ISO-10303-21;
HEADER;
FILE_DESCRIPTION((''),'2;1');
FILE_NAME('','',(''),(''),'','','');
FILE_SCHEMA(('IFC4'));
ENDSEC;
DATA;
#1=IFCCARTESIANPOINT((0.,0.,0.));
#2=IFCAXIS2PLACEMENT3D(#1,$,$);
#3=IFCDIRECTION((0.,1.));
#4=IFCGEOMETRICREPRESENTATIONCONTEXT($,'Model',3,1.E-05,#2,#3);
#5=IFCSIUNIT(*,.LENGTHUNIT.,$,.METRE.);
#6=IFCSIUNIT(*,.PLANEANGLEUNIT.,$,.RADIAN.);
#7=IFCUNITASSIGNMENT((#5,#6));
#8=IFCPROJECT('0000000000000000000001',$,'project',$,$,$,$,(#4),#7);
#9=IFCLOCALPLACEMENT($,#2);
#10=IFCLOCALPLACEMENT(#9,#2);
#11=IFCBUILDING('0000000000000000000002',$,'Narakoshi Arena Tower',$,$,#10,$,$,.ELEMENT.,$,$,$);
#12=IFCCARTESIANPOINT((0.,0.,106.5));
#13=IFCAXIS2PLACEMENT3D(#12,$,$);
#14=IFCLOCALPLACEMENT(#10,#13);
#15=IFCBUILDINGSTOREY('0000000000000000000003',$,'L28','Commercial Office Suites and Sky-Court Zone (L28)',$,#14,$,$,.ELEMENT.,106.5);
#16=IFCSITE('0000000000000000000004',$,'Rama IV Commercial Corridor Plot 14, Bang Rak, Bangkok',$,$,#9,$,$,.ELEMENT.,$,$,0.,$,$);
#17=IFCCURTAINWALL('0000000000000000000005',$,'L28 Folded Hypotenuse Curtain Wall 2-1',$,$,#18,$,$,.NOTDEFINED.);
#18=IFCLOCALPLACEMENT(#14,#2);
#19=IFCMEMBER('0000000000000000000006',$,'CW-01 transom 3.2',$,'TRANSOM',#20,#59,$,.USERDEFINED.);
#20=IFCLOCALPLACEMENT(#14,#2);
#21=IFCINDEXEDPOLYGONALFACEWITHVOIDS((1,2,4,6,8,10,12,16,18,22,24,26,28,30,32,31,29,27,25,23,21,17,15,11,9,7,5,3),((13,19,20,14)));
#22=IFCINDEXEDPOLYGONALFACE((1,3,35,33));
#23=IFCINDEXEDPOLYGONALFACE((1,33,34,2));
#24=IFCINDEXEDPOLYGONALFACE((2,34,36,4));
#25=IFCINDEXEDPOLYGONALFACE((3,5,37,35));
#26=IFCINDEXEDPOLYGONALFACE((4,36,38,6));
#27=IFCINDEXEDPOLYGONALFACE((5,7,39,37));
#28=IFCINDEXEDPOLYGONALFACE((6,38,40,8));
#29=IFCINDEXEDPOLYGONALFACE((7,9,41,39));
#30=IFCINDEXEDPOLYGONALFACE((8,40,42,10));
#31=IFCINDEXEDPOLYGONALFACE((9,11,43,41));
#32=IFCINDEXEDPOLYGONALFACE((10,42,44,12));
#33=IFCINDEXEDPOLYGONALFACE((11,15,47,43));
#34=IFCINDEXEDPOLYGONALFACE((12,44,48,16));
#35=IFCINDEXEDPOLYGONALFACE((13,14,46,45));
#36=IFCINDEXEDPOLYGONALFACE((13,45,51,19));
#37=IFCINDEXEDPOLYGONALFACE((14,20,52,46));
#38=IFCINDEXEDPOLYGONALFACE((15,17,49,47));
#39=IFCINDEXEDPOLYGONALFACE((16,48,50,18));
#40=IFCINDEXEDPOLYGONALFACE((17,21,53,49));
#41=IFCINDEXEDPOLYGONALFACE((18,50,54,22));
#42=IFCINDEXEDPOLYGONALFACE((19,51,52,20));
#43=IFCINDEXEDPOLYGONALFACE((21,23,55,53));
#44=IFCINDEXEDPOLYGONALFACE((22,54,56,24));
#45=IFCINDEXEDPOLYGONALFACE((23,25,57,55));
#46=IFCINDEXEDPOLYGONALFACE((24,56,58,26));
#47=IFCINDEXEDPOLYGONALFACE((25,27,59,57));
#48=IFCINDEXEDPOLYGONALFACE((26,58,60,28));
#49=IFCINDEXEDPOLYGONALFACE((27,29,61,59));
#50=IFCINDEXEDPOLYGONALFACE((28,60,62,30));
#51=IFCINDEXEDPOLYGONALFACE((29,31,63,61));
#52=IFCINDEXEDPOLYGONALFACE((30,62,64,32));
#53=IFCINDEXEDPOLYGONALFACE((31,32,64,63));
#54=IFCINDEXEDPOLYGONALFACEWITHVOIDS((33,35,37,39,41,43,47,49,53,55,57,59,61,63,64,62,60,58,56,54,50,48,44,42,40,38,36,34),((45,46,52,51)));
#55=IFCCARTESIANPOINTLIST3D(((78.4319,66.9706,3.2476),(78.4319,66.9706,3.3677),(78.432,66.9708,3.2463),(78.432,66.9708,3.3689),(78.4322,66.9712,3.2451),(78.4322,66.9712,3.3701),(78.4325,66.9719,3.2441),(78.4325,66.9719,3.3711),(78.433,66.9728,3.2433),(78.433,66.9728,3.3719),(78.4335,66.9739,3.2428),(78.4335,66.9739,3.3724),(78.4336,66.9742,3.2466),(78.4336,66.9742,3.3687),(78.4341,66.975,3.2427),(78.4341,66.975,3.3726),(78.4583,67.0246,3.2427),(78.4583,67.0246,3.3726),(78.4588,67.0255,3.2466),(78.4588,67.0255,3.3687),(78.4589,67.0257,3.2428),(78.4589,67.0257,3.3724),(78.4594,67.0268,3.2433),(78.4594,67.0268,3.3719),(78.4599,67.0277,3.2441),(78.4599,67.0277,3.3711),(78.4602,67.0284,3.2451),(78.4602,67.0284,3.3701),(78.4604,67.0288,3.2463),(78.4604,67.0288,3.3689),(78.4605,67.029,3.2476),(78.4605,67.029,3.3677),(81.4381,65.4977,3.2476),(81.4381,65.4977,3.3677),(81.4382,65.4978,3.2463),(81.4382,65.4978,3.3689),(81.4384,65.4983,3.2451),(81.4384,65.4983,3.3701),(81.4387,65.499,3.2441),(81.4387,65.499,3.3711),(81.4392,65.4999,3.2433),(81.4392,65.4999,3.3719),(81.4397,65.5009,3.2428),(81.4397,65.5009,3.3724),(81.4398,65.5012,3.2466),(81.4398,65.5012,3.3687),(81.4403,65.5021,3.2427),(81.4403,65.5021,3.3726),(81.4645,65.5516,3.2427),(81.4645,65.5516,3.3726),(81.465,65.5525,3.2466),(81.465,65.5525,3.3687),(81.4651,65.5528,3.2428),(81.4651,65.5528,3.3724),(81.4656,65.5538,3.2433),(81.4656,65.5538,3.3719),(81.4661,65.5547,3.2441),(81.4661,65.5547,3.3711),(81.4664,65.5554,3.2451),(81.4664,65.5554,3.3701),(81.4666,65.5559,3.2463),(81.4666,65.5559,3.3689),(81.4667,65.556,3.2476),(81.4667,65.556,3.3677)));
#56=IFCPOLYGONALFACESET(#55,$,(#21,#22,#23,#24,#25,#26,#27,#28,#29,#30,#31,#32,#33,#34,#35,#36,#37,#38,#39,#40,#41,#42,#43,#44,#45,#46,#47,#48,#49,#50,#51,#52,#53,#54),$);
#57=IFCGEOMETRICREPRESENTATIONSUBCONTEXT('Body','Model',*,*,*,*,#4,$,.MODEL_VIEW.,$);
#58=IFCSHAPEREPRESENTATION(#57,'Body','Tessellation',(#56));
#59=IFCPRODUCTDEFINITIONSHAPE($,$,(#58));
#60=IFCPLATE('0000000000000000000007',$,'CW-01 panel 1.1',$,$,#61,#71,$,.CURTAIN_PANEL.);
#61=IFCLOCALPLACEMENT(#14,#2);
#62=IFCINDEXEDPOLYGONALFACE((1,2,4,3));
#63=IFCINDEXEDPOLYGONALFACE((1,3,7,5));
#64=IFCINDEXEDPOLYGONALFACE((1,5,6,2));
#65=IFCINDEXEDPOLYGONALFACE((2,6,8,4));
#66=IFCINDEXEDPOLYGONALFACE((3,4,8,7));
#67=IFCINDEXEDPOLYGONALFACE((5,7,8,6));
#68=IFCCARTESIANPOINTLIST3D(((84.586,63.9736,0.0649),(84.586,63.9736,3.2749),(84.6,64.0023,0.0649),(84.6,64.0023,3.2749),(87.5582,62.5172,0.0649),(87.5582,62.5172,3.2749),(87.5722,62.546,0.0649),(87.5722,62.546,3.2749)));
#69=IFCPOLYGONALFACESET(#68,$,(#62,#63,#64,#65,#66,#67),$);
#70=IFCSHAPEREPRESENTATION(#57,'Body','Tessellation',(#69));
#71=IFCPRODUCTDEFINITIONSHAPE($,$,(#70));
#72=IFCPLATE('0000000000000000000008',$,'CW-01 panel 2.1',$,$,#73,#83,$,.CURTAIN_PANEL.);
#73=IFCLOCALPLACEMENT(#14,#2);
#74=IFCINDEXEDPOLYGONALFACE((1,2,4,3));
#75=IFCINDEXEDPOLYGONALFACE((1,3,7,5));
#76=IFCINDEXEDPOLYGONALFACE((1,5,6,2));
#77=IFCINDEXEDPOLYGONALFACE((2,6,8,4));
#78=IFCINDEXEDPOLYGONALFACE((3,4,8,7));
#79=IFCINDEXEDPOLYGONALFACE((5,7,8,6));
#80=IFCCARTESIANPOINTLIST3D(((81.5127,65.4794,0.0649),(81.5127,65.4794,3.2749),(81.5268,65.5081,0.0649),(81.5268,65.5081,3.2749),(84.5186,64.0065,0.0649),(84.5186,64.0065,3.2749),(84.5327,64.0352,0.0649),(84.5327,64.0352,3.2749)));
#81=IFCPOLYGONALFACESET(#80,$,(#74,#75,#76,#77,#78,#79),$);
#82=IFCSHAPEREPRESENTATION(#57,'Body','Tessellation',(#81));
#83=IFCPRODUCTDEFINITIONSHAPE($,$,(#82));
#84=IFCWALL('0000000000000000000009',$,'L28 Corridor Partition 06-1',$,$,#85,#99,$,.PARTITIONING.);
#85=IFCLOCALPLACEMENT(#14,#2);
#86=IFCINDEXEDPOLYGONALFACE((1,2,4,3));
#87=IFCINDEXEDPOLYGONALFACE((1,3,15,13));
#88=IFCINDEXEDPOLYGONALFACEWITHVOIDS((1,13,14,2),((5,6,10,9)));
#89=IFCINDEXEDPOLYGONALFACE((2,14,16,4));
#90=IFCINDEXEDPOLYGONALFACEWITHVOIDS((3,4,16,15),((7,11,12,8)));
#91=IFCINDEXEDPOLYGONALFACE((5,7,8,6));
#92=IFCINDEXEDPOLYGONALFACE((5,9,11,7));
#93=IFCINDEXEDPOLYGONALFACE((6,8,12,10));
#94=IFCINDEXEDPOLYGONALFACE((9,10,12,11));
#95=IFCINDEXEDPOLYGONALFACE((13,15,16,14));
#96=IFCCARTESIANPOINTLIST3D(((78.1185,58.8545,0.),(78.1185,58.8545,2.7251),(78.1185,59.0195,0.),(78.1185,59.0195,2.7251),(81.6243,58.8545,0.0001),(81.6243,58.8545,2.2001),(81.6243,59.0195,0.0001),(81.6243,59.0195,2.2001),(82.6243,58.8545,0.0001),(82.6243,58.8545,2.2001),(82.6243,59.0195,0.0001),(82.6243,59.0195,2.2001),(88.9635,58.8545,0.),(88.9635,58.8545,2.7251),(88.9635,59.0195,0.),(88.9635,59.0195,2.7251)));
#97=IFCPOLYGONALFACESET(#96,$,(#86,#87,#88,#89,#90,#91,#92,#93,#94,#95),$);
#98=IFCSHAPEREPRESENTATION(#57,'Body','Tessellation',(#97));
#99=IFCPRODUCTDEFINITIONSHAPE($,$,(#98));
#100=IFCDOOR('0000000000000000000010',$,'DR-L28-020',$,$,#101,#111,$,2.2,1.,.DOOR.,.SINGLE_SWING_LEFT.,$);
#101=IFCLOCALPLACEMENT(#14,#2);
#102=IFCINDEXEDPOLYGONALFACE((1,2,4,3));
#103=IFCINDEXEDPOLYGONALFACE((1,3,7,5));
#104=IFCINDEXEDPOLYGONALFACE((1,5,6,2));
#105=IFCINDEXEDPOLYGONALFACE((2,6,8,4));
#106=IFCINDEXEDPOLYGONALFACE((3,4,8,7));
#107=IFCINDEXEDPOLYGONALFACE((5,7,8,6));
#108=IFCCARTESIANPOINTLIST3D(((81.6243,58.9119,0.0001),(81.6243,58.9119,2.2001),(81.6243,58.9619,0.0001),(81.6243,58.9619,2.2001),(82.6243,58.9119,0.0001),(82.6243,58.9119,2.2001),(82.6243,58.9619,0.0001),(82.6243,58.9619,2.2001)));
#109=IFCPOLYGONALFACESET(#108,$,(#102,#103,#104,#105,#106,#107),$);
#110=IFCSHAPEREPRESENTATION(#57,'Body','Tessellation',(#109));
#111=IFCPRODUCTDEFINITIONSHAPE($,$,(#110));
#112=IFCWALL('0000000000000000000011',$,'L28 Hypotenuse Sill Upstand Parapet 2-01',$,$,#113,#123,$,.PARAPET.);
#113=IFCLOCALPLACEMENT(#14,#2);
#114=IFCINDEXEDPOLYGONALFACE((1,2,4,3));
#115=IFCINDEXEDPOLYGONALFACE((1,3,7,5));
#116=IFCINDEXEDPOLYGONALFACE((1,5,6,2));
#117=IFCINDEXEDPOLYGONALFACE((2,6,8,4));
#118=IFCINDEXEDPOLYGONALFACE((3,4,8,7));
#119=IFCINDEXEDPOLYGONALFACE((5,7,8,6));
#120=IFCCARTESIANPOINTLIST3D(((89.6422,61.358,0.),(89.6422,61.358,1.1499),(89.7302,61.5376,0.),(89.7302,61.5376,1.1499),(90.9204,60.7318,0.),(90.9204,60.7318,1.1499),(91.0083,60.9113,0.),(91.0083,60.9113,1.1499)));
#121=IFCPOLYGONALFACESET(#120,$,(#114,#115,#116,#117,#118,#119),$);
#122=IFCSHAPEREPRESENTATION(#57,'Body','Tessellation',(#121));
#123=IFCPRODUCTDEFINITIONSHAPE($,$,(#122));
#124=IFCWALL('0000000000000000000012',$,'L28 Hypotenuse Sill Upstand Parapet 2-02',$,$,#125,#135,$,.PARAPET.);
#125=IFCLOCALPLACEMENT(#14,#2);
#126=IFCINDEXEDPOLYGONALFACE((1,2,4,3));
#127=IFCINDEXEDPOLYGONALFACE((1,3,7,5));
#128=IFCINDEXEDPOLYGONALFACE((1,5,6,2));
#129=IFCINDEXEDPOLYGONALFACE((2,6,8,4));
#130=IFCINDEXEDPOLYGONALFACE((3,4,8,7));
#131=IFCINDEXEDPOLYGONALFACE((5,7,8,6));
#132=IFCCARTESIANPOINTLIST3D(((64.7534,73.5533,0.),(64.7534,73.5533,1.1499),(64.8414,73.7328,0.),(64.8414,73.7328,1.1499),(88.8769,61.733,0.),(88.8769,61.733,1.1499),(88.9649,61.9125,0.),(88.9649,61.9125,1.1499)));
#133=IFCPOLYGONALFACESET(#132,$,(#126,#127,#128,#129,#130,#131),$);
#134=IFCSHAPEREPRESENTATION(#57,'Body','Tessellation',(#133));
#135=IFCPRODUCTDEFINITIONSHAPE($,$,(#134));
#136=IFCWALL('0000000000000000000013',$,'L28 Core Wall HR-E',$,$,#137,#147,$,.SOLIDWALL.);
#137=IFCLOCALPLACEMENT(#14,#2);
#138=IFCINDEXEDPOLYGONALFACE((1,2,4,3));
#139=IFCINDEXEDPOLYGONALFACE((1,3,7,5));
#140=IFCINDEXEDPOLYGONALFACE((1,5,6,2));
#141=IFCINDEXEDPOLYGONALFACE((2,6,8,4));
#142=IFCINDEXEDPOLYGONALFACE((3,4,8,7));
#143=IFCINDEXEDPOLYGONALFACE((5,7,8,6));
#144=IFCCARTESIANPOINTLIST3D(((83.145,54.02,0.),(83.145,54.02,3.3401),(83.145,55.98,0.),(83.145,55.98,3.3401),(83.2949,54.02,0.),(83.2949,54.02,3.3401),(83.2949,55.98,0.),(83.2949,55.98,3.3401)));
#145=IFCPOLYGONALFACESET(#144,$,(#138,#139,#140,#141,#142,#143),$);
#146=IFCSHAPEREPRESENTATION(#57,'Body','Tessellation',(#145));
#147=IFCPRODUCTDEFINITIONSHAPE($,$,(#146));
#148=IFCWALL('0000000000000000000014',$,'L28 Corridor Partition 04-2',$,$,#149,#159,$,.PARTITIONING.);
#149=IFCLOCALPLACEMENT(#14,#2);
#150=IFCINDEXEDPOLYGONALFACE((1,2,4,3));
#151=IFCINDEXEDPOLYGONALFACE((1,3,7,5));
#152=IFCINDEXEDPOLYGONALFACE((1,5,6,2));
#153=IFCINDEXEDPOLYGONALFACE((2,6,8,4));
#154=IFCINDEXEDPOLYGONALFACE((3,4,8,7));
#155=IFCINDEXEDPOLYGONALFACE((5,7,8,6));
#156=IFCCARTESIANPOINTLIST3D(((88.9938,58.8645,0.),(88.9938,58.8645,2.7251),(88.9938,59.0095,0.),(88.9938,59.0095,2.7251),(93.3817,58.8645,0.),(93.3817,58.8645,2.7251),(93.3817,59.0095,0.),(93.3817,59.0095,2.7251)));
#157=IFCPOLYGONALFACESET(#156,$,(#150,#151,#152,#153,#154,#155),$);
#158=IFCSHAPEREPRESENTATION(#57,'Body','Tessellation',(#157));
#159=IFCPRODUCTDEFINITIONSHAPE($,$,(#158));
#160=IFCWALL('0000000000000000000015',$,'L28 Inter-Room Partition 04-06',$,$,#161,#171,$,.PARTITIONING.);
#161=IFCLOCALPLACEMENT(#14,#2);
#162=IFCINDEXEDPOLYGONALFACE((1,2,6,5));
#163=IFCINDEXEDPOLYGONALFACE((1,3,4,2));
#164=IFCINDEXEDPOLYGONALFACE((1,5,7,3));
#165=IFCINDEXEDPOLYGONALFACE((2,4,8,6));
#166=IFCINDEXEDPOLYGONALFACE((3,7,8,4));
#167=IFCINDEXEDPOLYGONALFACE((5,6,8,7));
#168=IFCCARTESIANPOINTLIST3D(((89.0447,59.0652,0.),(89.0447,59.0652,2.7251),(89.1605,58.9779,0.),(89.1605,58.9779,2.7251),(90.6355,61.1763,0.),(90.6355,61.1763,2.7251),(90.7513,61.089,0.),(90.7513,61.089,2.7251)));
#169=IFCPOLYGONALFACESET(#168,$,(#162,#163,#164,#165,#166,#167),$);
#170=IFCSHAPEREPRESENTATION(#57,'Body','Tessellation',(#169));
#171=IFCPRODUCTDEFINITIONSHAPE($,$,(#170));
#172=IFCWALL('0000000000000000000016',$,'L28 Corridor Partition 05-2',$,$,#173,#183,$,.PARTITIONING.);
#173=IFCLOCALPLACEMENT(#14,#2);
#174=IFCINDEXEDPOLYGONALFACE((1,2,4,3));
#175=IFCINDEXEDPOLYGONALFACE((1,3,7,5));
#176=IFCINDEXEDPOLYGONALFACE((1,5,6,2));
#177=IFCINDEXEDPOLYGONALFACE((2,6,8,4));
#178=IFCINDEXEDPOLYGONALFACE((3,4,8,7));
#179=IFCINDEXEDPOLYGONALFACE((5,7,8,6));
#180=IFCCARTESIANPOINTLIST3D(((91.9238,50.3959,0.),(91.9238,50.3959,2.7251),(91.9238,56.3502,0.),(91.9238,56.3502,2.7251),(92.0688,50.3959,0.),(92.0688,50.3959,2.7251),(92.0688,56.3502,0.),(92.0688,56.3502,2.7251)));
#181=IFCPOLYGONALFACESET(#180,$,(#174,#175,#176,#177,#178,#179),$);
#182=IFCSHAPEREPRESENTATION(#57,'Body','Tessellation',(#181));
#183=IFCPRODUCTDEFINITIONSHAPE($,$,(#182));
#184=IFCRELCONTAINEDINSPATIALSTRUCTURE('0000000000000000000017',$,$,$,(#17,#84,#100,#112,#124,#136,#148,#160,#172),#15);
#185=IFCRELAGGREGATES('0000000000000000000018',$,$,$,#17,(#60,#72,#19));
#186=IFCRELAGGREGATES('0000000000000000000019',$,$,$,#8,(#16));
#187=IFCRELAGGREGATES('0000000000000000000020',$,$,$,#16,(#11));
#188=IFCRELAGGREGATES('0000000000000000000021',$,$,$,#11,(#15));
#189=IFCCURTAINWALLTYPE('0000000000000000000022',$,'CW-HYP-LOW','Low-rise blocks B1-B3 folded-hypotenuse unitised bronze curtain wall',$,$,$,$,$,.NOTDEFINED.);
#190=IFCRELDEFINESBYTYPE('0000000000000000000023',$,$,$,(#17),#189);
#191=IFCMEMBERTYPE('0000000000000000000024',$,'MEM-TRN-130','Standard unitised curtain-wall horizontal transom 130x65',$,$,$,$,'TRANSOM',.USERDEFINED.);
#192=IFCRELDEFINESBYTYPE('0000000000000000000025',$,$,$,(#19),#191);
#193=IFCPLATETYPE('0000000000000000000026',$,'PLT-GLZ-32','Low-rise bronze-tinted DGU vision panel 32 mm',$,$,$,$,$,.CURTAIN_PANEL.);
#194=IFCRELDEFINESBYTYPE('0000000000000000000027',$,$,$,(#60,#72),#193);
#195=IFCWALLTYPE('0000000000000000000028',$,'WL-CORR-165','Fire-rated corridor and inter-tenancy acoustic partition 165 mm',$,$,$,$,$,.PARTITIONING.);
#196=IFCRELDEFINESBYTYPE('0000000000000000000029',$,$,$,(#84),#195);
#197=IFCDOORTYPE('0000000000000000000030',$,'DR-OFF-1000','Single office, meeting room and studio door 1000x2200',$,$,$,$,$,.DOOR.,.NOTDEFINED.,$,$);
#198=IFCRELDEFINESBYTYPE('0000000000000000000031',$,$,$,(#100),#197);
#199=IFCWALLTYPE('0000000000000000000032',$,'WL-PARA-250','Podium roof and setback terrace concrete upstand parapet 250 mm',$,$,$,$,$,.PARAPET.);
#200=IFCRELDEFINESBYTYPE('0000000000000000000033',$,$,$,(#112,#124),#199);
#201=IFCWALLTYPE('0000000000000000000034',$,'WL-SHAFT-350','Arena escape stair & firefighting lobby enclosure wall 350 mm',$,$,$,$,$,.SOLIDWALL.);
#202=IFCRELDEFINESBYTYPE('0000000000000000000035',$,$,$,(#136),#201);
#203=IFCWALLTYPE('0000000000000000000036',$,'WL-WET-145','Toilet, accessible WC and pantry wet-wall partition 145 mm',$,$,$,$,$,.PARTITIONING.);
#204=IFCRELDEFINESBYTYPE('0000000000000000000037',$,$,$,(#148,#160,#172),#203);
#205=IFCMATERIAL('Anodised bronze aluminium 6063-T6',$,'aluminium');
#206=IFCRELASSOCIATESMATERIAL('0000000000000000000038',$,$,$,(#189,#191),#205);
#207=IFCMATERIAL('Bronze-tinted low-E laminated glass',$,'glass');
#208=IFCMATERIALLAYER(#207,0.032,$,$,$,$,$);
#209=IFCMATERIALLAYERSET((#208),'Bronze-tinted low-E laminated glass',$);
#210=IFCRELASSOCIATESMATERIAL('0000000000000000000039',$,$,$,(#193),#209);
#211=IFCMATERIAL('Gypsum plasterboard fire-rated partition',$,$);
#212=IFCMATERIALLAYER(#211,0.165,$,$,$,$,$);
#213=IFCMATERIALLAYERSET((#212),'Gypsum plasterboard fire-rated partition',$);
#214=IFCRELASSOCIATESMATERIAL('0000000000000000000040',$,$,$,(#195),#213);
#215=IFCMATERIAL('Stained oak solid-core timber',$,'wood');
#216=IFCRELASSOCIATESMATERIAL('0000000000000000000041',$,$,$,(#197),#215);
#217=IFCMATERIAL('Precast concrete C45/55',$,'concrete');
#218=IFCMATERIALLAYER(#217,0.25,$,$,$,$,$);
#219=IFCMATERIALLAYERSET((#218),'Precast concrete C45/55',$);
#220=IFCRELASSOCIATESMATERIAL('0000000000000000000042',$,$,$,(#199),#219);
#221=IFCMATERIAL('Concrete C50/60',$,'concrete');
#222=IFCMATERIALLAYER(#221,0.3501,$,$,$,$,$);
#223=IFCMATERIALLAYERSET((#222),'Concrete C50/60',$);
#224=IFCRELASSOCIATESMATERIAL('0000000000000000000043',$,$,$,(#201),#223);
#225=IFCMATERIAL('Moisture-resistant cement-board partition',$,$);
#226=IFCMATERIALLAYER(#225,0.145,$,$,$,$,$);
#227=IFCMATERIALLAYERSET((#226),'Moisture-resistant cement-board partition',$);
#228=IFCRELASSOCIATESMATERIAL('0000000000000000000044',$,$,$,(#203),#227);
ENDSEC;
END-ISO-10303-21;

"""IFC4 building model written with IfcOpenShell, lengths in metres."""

from ifc_helpers import new_model, si_unit, direction, frame, frame_2d, origin, origin_2d, place, context, subcontext, project, spatial, rectangle, hollow_rectangle, extrude, material, layer, layer_set, material_profile, profile_set, type_object, element, fill, aggregate, save


model = new_model("IFC4")

# Units and contexts
model_context = context("Model", 3, precision=1e-05, world=origin(), true_north=direction((0.0, 1.0)))
body_context = subcontext(model_context, "Body", "Model", "MODEL_VIEW")
ifc_project = project(units=[si_unit("LENGTHUNIT", "METRE"), si_unit("PLANEANGLEUNIT", "RADIAN")], contexts=[model_context])

# Site, building, storey
site_placement = place(None, origin())
site = spatial("IfcSite", under=ifc_project, at=site_placement, Name="Rama IV Commercial Corridor Plot 14, Bang Rak, Bangkok", CompositionType="ELEMENT", RefElevation=0.0)
building_placement = place(site_placement, origin())
building = spatial("IfcBuilding", under=site, at=building_placement, Name="Narakoshi Arena Tower", CompositionType="ELEMENT")
storey_placement = place(building_placement, frame((0.0, 0.0, 106.5)))
storey = spatial("IfcBuildingStorey", under=building, at=storey_placement, Name="L28", Description="Commercial Office Suites and Sky-Court Zone (L28)", CompositionType="ELEMENT", Elevation=106.5)

# Curtain wall, member, plates
ifc_material_1 = material(Name="Anodised bronze aluminium 6063-T6", Category="aluminium")
curtain_wall_type = type_object("IfcCurtainWallType", Name="CW-HYP-LOW", Description="Low-rise blocks B1-B3 folded-hypotenuse unitised bronze curtain wall", PredefinedType="NOTDEFINED", material=ifc_material_1)
curtain_wall_placement = place(storey_placement, origin())
curtain_wall = element("IfcCurtainWall", 1, at=curtain_wall_placement, inside=storey, type_object=curtain_wall_type, Name="L28 Folded Hypotenuse Curtain Wall 2-1", PredefinedType="NOTDEFINED")
ifc_material_profile_1 = material_profile(ifc_material_1, hollow_rectangle(XDim=0.0649, YDim=0.1299, WallThickness=0.0039, OuterFilletRadius=0.0049, at=origin_2d()), Name="TRN130x65x4")
ifc_profile_set_1 = profile_set([ifc_material_profile_1], Name="Anodised bronze aluminium 6063-T6")
member_type_1 = type_object("IfcMemberType", Name="MEM-TRN-130", Description="Standard unitised curtain-wall horizontal transom 130x65", ElementType="TRANSOM", PredefinedType="USERDEFINED", material=ifc_profile_set_1)
member_1_placement = place(storey_placement, frame((81.4524, 65.5269, 3.3076), z_axis=(-0.898001, 0.439993, 0.0), x_axis=(-0.439993, -0.898001, 0.0)))
member_1 = element("IfcMember", 2, at=member_1_placement, type_object=member_type_1, Name="CW-01 transom 3.2", ObjectType="TRANSOM", PredefinedType="USERDEFINED", context=body_context, shape_type="SweptSolid", body=[
    extrude(hollow_rectangle(XDim=0.0649, YDim=0.1299, WallThickness=0.0039, OuterFilletRadius=0.0049, at=origin_2d()), origin(), (0.0, 0.0, 1.0), 3.3477),
])
ifc_material_2 = material(Name="Bronze-tinted low-E laminated glass", Category="glass")
ifc_layer_1 = layer(ifc_material_2, 0.032)
ifc_layer_set_1 = layer_set([ifc_layer_1], Name="Bronze-tinted low-E laminated glass")
plate_type = type_object("IfcPlateType", Name="PLT-GLZ-32", Description="Low-rise bronze-tinted DGU vision panel 32 mm", PredefinedType="CURTAIN_PANEL", material=ifc_layer_set_1)
plate_1_placement = place(storey_placement, frame((86.0791, 63.2598, 0.0649), z_axis=(0.0, 0.0, 1.0), x_axis=(-0.897996, 0.440005, 0.0)))
plate_1 = element("IfcPlate", 3, at=plate_1_placement, type_object=plate_type, Name="CW-01 panel 1.1", PredefinedType="CURTAIN_PANEL", context=body_context, shape_type="SweptSolid", body=[
    extrude(rectangle(XDim=3.3098, YDim=0.032, at=origin_2d()), origin(), (0.0, 0.0, 1.0), 3.21),
])
plate_2_placement = place(storey_placement, frame((83.0227, 64.7573, 0.0649), z_axis=(0.0, 0.0, 1.0), x_axis=(-0.897996, 0.440005, 0.0)))
plate_2 = element("IfcPlate", 4, at=plate_2_placement, type_object=plate_type, Name="CW-01 panel 2.1", PredefinedType="CURTAIN_PANEL", context=body_context, shape_type="SweptSolid", body=[
    extrude(rectangle(XDim=3.3474, YDim=0.032, at=origin_2d()), origin(), (0.0, 0.0, 1.0), 3.21),
])
aggregate(curtain_wall, [plate_1, plate_2, member_1])

# Wall, opening, door
ifc_material_3 = material(Name="Gypsum plasterboard fire-rated partition")
ifc_layer_2 = layer(ifc_material_3, 0.165)
ifc_layer_set_2 = layer_set([ifc_layer_2], Name="Gypsum plasterboard fire-rated partition")
wall_type_1 = type_object("IfcWallType", Name="WL-CORR-165", Description="Fire-rated corridor and inter-tenancy acoustic partition 165 mm", PredefinedType="PARTITIONING", material=ifc_layer_set_2)
wall_1_placement = place(storey_placement, frame((88.9634, 58.937, 0.0), z_axis=(0.0, 0.0, 1.0), x_axis=(-1.0, 0.0, 0.0)))
wall_1 = element("IfcWall", 5, at=wall_1_placement, inside=storey, type_object=wall_type_1, Name="L28 Corridor Partition 06-1", PredefinedType="PARTITIONING", context=body_context, shape_type="SweptSolid", body=[
    extrude(rectangle(XDim=10.845, YDim=0.165, at=frame_2d((5.4224, 0.0))), origin(), (0.0, 0.0, 1.0), 2.7251),
])
opening_placement = place(wall_1_placement, frame((6.3391, 0.0, 0.0)))
opening = element("IfcOpeningElement", 6, at=opening_placement, cuts=wall_1, PredefinedType="OPENING", context=body_context, shape_type="SweptSolid", body=[
    extrude(rectangle(XDim=1.0, YDim=2.2, at=frame_2d((0.5, 1.1001))), frame((0.0, 0.0925, 0.0), z_axis=(0.0, -1.0, 0.0), x_axis=(1.0, 0.0, 0.0)), (0.0, 0.0, 1.0), 0.1851),
])
ifc_material_4 = material(Name="Stained oak solid-core timber", Category="wood")
door_type = type_object("IfcDoorType", Name="DR-OFF-1000", Description="Single office, meeting room and studio door 1000x2200", OperationType="NOTDEFINED", PredefinedType="DOOR", material=ifc_material_4)
door_placement = place(opening_placement, frame((1.0, 0.0, 0.0), z_axis=(0.0, 0.0, 1.0), x_axis=(-1.0, 0.0, 0.0)))
door = element("IfcDoor", 7, at=door_placement, inside=storey, type_object=door_type, Name="DR-L28-020", OperationType="SINGLE_SWING_LEFT", OverallHeight=2.2, OverallWidth=1.0, PredefinedType="DOOR", context=body_context, shape_type="SweptSolid", body=[
    extrude(rectangle(XDim=1.0, YDim=2.2, at=frame_2d((0.5, 1.1001))), frame((0.0, 0.0249, 0.0), z_axis=(0.0, -1.0, 0.0), x_axis=(1.0, 0.0, 0.0)), (0.0, 0.0, 1.0), 0.05),
])
fill(opening, door)

# Walls
ifc_material_5 = material(Name="Precast concrete C45/55", Category="concrete")
ifc_layer_3 = layer(ifc_material_5, 0.25)
ifc_layer_set_3 = layer_set([ifc_layer_3], Name="Precast concrete C45/55")
wall_type_2 = type_object("IfcWallType", Name="WL-PARA-250", Description="Podium roof and setback terrace concrete upstand parapet 250 mm", PredefinedType="PARAPET", material=ifc_layer_set_3)
wall_2_placement = place(storey_placement, frame((90.9644, 60.8215, 0.0), z_axis=(0.0, 0.0, 1.0), x_axis=(-0.898, 0.439994, 0.0)))
element("IfcWall", 8, at=wall_2_placement, inside=storey, type_object=wall_type_2, Name="L28 Hypotenuse Sill Upstand Parapet 2-01", PredefinedType="PARAPET", context=body_context, shape_type="SweptSolid", body=[
    extrude(rectangle(XDim=1.4233, YDim=0.2, at=frame_2d((0.7117, 0.0))), origin(), (0.0, 0.0, 1.0), 1.1499),
])
wall_3_placement = place(storey_placement, frame((88.9209, 61.8228, 0.0), z_axis=(0.0, 0.0, 1.0), x_axis=(-0.897994, 0.440009, 0.0)))
element("IfcWall", 9, at=wall_3_placement, inside=storey, type_object=wall_type_2, Name="L28 Hypotenuse Sill Upstand Parapet 2-02", PredefinedType="PARAPET", context=body_context, shape_type="SweptSolid", body=[
    extrude(rectangle(XDim=26.8638, YDim=0.2, at=frame_2d((13.4319, 0.0))), origin(), (0.0, 0.0, 1.0), 1.1499),
])
ifc_material_6 = material(Name="Concrete C50/60", Category="concrete")
ifc_layer_4 = layer(ifc_material_6, 0.3501)
ifc_layer_set_4 = layer_set([ifc_layer_4], Name="Concrete C50/60")
wall_type_3 = type_object("IfcWallType", Name="WL-SHAFT-350", Description="Arena escape stair & firefighting lobby enclosure wall 350 mm", PredefinedType="SOLIDWALL", material=ifc_layer_set_4)
wall_4_placement = place(storey_placement, frame((83.22, 54.02, 0.0), z_axis=(0.0, 0.0, 1.0), x_axis=(0.0, 1.0, 0.0)))
element("IfcWall", 10, at=wall_4_placement, inside=storey, type_object=wall_type_3, Name="L28 Core Wall HR-E", PredefinedType="SOLIDWALL", context=body_context, shape_type="SweptSolid", body=[
    extrude(rectangle(XDim=1.96, YDim=0.1499, at=frame_2d((0.98, 0.0))), origin(), (0.0, 0.0, 1.0), 3.3401),
])
ifc_material_7 = material(Name="Moisture-resistant cement-board partition")
ifc_layer_5 = layer(ifc_material_7, 0.145)
ifc_layer_set_5 = layer_set([ifc_layer_5], Name="Moisture-resistant cement-board partition")
wall_type_4 = type_object("IfcWallType", Name="WL-WET-145", Description="Toilet, accessible WC and pantry wet-wall partition 145 mm", PredefinedType="PARTITIONING", material=ifc_layer_set_5)
wall_5_placement = place(storey_placement, frame((93.3816, 58.937, 0.0), z_axis=(0.0, 0.0, 1.0), x_axis=(-1.0, 0.0, 0.0)))
element("IfcWall", 11, at=wall_5_placement, inside=storey, type_object=wall_type_4, Name="L28 Corridor Partition 04-2", PredefinedType="PARTITIONING", context=body_context, shape_type="SweptSolid", body=[
    extrude(rectangle(XDim=4.3879, YDim=0.145, at=frame_2d((2.1938, 0.0))), origin(), (0.0, 0.0, 1.0), 2.7251),
])
wall_6_placement = place(storey_placement, frame((89.1025, 59.0215, 0.0), z_axis=(0.0, 0.0, 1.0), x_axis=(0.601816, 0.798635, 0.0)))
element("IfcWall", 12, at=wall_6_placement, inside=storey, type_object=wall_type_4, Name="L28 Inter-Room Partition 04-06", PredefinedType="PARTITIONING", context=body_context, shape_type="SweptSolid", body=[
    extrude(rectangle(XDim=2.6433, YDim=0.145, at=frame_2d((1.3218, 0.0))), origin(), (0.0, 0.0, 1.0), 2.7251),
])
wall_7_placement = place(storey_placement, frame((91.9963, 56.3501, 0.0), z_axis=(0.0, 0.0, 1.0), x_axis=(0.0, -1.0, 0.0)))
element("IfcWall", 13, at=wall_7_placement, inside=storey, type_object=wall_type_4, Name="L28 Corridor Partition 05-2", PredefinedType="PARTITIONING", context=body_context, shape_type="SweptSolid", body=[
    extrude(rectangle(XDim=5.9543, YDim=0.145, at=frame_2d((2.9771, 0.0))), origin(), (0.0, 0.0, 1.0), 2.7251),
])

save(model, "model.ifc")
